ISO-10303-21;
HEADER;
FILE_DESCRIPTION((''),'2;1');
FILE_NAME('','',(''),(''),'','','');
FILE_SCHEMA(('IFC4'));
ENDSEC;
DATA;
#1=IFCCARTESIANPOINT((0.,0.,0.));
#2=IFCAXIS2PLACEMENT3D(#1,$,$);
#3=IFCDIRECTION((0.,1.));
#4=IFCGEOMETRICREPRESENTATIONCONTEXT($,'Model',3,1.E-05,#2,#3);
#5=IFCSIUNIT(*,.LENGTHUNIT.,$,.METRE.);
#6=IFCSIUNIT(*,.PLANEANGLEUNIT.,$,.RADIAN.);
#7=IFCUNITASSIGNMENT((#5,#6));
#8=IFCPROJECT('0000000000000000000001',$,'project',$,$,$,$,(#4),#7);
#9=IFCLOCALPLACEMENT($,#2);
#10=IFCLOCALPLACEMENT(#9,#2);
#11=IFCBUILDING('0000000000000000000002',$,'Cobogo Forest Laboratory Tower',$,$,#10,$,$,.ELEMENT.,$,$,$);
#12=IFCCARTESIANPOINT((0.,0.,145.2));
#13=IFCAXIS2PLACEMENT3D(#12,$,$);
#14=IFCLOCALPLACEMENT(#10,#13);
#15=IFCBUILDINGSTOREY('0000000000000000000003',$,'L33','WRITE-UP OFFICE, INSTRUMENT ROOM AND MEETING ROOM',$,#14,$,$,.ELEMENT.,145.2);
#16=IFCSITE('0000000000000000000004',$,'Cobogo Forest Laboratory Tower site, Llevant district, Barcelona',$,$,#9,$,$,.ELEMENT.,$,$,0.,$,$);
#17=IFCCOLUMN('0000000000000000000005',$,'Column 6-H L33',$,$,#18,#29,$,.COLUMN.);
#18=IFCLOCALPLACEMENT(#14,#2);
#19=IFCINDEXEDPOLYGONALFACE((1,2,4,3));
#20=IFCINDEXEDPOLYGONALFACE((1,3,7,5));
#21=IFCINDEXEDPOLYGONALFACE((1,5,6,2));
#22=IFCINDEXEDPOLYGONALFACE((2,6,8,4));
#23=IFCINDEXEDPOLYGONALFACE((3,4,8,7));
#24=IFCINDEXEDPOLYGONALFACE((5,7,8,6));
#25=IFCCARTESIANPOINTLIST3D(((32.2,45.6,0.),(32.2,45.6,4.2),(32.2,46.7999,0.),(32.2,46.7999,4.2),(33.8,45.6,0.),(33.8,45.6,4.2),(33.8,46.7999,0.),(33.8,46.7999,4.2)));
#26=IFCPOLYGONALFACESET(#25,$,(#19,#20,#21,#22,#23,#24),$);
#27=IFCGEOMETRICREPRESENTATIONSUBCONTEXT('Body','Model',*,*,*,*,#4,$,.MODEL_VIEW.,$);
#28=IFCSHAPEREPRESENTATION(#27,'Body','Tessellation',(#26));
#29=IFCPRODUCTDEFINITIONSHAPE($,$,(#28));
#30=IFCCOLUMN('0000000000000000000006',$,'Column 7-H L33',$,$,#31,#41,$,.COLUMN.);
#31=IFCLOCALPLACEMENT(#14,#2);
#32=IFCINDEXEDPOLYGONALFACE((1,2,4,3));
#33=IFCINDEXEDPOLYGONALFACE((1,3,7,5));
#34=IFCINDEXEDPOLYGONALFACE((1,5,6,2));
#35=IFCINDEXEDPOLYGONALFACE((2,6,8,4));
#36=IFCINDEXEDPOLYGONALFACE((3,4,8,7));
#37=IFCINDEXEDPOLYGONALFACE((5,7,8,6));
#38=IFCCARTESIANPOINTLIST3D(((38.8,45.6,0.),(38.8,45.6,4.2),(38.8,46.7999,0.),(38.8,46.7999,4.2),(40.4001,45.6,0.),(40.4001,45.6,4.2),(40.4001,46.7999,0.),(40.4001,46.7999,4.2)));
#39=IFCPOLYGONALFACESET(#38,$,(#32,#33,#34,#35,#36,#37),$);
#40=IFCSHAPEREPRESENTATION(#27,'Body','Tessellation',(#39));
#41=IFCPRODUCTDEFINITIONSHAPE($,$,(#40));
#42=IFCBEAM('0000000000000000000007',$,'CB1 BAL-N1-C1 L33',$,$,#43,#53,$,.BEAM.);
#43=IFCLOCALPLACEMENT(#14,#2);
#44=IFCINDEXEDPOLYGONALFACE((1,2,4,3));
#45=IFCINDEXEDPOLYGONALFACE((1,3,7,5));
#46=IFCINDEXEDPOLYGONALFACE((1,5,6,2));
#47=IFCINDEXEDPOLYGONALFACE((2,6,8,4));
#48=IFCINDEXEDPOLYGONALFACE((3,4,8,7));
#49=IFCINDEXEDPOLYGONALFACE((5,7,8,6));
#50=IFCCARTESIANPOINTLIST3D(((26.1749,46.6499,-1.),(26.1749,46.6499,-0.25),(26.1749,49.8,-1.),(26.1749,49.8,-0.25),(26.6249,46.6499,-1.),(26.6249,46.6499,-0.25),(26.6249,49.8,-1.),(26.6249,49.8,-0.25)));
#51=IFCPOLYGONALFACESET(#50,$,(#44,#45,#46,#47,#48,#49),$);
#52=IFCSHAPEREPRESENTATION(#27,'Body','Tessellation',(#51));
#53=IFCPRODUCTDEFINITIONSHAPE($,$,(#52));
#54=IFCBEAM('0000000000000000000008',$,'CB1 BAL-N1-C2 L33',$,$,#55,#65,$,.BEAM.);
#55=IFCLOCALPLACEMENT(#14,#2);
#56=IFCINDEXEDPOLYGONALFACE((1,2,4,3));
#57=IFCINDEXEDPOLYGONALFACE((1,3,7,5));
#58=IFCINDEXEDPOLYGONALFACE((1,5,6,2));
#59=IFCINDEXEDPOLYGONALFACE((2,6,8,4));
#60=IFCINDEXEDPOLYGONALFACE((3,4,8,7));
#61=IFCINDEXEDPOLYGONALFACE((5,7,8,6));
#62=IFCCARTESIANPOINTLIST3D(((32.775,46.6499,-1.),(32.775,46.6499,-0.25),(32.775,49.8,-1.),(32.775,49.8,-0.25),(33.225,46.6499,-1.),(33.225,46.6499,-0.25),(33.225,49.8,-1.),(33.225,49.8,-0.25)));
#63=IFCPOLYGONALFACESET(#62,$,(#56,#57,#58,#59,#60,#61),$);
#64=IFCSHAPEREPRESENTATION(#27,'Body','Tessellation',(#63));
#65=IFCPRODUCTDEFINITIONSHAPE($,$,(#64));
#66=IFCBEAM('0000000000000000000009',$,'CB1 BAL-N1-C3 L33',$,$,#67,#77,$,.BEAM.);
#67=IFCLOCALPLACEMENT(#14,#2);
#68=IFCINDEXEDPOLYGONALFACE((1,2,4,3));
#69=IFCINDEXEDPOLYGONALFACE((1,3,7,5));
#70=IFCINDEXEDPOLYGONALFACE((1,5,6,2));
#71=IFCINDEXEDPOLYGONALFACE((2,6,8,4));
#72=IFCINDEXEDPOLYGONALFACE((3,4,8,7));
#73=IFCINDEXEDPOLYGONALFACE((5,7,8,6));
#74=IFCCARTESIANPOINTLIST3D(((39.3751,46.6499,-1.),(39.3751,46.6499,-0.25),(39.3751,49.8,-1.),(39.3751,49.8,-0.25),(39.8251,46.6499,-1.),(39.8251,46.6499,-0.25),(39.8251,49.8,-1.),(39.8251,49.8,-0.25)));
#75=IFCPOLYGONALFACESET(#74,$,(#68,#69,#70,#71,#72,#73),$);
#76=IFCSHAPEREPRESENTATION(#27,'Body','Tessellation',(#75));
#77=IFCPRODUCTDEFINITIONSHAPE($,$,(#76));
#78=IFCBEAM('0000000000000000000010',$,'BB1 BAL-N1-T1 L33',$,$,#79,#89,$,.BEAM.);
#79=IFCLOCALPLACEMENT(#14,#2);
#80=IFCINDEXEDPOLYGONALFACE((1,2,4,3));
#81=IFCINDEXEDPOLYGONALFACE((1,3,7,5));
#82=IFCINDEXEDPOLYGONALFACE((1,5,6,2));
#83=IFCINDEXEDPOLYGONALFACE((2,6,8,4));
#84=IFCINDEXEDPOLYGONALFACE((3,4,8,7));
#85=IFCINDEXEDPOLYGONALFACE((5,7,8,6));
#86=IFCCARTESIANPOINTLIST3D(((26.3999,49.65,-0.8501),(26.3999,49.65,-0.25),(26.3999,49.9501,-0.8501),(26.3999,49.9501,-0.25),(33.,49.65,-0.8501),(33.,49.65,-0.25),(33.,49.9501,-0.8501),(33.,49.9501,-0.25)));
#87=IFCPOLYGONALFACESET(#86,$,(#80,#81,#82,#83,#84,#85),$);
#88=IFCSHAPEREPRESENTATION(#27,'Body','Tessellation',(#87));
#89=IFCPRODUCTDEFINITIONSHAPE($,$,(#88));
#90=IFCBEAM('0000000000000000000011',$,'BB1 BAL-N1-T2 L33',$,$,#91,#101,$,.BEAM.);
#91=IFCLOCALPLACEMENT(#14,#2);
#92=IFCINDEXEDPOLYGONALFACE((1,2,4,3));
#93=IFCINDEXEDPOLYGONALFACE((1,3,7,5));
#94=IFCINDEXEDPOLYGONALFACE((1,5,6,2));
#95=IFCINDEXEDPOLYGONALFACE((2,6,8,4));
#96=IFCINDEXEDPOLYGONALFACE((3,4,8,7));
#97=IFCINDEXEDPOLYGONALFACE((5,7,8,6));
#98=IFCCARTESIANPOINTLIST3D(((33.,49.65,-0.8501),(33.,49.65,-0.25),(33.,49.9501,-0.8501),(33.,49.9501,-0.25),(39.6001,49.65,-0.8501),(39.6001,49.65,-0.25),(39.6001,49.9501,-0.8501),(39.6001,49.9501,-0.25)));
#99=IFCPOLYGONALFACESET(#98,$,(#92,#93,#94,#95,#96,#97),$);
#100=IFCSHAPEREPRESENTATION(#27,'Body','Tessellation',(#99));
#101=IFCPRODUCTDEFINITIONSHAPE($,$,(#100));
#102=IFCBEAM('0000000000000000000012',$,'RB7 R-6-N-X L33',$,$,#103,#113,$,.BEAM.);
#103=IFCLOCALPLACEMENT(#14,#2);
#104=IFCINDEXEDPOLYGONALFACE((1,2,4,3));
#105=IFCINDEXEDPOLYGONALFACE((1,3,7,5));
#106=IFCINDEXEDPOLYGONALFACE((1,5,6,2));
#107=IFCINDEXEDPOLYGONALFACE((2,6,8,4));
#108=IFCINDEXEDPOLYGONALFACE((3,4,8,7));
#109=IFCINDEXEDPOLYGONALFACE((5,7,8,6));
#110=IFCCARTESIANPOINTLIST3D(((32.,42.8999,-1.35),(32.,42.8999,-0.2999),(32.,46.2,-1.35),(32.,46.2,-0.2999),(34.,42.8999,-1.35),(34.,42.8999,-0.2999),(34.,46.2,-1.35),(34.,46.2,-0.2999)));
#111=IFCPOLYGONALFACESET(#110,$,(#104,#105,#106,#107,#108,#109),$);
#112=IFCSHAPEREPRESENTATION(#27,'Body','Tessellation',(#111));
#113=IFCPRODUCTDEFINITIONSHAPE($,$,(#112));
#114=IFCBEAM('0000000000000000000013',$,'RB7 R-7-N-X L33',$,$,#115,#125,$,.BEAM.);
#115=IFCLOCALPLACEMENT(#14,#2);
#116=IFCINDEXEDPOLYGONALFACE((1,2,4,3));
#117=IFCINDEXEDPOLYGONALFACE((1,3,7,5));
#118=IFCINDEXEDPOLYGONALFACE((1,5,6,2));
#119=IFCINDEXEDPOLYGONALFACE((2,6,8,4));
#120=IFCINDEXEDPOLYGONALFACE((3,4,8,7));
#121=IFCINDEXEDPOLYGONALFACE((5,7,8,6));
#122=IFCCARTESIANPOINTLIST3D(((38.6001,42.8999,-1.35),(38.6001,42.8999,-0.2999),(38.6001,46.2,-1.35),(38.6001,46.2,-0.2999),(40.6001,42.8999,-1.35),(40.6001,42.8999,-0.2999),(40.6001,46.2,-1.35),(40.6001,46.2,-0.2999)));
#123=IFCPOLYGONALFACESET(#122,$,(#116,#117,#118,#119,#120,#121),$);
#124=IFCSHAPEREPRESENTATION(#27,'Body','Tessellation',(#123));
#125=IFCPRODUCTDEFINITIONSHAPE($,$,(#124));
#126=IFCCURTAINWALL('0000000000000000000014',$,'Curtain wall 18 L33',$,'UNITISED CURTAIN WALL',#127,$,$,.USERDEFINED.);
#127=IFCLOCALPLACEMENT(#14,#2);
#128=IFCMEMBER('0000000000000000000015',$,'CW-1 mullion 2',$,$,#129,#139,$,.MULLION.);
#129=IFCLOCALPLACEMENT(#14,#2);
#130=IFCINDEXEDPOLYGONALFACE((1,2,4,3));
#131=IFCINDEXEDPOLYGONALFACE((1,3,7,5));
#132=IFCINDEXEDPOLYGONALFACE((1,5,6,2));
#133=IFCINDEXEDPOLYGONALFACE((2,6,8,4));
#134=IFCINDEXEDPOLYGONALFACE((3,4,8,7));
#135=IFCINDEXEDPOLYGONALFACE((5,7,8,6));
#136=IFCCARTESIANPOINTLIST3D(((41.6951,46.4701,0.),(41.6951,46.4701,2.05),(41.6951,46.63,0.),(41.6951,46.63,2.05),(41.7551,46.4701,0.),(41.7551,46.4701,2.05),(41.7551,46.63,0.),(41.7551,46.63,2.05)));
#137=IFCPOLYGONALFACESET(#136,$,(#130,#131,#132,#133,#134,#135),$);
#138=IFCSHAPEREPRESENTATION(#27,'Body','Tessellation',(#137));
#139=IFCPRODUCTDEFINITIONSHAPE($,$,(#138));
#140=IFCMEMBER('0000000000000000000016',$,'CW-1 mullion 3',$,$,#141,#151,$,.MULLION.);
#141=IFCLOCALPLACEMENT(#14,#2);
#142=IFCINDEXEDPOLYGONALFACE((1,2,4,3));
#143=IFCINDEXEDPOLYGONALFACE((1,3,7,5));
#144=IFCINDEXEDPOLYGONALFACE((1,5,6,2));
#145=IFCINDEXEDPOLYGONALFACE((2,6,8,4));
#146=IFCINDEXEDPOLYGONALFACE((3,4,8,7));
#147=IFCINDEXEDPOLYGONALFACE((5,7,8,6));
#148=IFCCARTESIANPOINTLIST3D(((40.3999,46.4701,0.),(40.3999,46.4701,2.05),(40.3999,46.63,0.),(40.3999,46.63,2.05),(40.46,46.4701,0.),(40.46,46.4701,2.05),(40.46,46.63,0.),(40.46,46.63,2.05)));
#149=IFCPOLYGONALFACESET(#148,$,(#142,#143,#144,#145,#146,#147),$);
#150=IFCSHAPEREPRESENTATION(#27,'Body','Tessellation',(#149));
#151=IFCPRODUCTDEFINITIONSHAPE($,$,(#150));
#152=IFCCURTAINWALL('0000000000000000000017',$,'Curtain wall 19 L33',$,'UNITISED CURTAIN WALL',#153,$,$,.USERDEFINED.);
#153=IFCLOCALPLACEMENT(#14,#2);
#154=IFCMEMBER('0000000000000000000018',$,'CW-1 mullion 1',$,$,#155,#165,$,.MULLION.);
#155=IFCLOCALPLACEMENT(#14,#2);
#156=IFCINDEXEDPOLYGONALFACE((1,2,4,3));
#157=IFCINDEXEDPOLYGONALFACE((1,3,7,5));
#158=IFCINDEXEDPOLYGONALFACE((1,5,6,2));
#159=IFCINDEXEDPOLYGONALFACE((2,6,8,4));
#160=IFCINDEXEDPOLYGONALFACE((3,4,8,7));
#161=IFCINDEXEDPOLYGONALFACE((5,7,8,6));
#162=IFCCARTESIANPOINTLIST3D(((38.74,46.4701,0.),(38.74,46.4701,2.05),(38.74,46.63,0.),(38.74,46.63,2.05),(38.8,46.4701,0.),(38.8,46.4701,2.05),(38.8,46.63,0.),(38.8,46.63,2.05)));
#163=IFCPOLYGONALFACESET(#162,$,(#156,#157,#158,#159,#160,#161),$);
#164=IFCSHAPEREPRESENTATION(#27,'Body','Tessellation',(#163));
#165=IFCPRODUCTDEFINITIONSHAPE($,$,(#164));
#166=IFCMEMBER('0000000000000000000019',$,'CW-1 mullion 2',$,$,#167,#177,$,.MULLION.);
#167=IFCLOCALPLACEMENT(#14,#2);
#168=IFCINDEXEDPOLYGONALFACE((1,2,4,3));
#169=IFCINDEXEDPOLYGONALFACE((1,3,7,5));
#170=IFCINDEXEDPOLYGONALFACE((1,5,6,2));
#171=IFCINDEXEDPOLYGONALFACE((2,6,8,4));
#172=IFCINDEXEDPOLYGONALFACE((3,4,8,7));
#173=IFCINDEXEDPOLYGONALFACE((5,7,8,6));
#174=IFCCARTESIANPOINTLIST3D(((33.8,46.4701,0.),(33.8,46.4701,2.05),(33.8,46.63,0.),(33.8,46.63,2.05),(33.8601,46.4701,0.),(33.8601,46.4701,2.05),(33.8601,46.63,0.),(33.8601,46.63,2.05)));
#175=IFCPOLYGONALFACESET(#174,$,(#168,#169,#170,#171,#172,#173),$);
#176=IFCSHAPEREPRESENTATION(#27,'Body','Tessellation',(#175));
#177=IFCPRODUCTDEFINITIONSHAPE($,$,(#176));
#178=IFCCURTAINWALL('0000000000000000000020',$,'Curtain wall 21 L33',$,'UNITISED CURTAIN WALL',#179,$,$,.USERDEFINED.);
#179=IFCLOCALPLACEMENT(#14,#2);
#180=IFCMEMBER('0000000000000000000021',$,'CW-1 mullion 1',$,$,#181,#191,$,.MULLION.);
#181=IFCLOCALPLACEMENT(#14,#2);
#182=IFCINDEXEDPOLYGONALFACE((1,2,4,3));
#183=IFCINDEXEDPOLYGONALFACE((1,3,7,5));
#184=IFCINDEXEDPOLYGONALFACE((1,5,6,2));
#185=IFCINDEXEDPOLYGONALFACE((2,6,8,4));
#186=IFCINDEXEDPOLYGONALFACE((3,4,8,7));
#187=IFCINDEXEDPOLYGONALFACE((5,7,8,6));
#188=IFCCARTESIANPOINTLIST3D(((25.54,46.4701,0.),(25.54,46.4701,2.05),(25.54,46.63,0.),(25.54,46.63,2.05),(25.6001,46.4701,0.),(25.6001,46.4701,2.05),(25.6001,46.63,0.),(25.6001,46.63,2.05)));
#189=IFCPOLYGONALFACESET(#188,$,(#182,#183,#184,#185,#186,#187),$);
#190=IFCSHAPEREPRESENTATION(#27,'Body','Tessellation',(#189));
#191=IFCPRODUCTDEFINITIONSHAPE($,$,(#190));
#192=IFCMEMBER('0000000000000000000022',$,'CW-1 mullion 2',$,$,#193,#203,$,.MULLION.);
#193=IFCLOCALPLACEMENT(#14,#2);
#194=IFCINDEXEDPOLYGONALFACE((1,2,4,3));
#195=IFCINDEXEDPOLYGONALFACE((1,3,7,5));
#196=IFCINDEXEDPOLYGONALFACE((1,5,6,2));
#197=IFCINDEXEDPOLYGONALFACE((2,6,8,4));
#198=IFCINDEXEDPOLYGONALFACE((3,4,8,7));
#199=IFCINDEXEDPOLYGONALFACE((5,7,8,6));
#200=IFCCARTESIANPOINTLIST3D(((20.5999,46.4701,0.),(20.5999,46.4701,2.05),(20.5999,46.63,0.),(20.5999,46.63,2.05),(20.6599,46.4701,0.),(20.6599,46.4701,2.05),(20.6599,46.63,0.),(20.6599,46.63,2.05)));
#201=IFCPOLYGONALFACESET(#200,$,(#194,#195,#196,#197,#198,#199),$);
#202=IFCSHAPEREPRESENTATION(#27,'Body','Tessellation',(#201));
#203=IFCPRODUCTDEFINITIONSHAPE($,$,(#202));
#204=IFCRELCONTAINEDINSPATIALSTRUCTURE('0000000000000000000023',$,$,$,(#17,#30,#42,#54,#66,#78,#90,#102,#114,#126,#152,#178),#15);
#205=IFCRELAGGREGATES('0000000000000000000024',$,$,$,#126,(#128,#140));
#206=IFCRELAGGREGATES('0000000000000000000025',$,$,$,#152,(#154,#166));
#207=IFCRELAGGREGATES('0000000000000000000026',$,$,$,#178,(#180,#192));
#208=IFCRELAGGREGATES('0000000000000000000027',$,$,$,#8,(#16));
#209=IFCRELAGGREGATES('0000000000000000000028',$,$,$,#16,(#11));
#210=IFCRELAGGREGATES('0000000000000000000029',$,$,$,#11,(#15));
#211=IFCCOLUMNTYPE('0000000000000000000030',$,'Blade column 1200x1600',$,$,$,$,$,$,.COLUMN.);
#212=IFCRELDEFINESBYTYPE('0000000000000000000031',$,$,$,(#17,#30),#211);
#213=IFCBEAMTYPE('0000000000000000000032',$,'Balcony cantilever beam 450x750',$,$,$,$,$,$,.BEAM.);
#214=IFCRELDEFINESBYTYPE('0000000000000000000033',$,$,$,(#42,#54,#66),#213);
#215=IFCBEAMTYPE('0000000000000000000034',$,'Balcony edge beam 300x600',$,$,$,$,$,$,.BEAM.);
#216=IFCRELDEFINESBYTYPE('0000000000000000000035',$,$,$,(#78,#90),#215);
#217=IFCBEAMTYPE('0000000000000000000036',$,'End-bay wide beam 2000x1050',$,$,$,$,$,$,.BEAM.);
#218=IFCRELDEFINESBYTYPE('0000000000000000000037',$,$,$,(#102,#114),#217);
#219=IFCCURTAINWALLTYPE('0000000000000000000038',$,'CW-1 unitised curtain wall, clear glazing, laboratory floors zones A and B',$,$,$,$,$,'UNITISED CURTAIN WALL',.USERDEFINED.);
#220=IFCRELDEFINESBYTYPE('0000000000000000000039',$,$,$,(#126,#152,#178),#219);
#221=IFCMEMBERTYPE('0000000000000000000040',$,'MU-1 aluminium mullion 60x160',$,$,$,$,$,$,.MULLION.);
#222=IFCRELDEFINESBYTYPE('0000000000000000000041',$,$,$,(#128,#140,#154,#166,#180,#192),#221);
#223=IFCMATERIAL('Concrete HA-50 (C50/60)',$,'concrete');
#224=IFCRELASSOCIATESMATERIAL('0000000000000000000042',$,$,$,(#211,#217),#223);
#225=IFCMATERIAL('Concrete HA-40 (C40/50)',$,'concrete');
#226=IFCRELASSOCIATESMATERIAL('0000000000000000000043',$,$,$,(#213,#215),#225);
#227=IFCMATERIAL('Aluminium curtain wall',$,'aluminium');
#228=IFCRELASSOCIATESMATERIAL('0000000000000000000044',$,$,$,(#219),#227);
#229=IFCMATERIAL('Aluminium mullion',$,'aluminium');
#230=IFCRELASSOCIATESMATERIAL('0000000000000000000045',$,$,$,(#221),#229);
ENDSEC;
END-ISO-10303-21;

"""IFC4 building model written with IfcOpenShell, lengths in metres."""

from ifc_helpers import new_model, si_unit, direction, frame, origin, origin_2d, place, context, subcontext, project, spatial, rectangle, extrude, material, material_profile, profile_set, type_object, element, aggregate, save


model = new_model("IFC4")

# Units and contexts
model_context = context("Model", 3, precision=1e-05, world=origin(), true_north=direction((0.0, 1.0)))
body_context = subcontext(model_context, "Body", "Model", "MODEL_VIEW")
ifc_project = project(units=[si_unit("LENGTHUNIT", "METRE"), si_unit("PLANEANGLEUNIT", "RADIAN")], contexts=[model_context])

# Site, building, storey
site_placement = place(None, origin())
site = spatial("IfcSite", under=ifc_project, at=site_placement, Name="Cobogo Forest Laboratory Tower site, Llevant district, Barcelona", CompositionType="ELEMENT", RefElevation=0.0)
building_placement = place(site_placement, origin())
building = spatial("IfcBuilding", under=site, at=building_placement, Name="Cobogo Forest Laboratory Tower", CompositionType="ELEMENT")
storey_placement = place(building_placement, frame((0.0, 0.0, 145.2)))
storey = spatial("IfcBuildingStorey", under=building, at=storey_placement, Name="L33", Description="WRITE-UP OFFICE, INSTRUMENT ROOM AND MEETING ROOM", CompositionType="ELEMENT", Elevation=145.2)

# Columns
ifc_material_1 = material(Name="Concrete HA-50 (C50/60)", Category="concrete")
ifc_material_profile_1 = material_profile(ifc_material_1, rectangle(XDim=1.6001, YDim=1.2, at=origin_2d()), Name="RC 1200x1600")
ifc_profile_set_1 = profile_set([ifc_material_profile_1], Name="Concrete HA-50 (C50/60)")
column_type = type_object("IfcColumnType", Name="Blade column 1200x1600", PredefinedType="COLUMN", material=ifc_profile_set_1)
for number, where, z_axis, x_axis, name in (
    (1, (33.0, 46.2, 0.0), (0.0, 0.0, 1.0), (1.0, 0.0, 0.0), "Column 6-H L33"),
    (2, (39.6001, 46.2, 0.0), (0.0, 0.0, 1.0), (1.0, 0.0, 0.0), "Column 7-H L33"),
):
    element("IfcColumn", number, at=place(storey_placement, frame(where, z_axis=z_axis, x_axis=x_axis)), inside=storey, type_object=column_type, Name=name, PredefinedType="COLUMN", context=body_context, shape_type="SweptSolid", body=[
        extrude(rectangle(XDim=1.6001, YDim=1.2, at=origin_2d()), origin(), (0.0, 0.0, 1.0), 4.2),
    ])

# Beams
ifc_material_2 = material(Name="Concrete HA-40 (C40/50)", Category="concrete")
ifc_material_profile_2 = material_profile(ifc_material_2, rectangle(XDim=0.45, YDim=0.75, at=origin_2d()), Name="RC 450x750")
ifc_profile_set_2 = profile_set([ifc_material_profile_2], Name="Concrete HA-40 (C40/50)")
beam_type_1 = type_object("IfcBeamType", Name="Balcony cantilever beam 450x750", PredefinedType="BEAM", material=ifc_profile_set_2)
for number, where, z_axis, x_axis, name in (
    (3, (26.3999, 46.6499, -0.625), (0.0, 1.0, 0.0), (-1.0, 0.0, 0.0), "CB1 BAL-N1-C1 L33"),
    (4, (33.0, 46.6499, -0.625), (0.0, 1.0, 0.0), (-1.0, 0.0, 0.0), "CB1 BAL-N1-C2 L33"),
    (5, (39.6001, 46.6499, -0.625), (0.0, 1.0, 0.0), (-1.0, 0.0, 0.0), "CB1 BAL-N1-C3 L33"),
):
    element("IfcBeam", number, at=place(storey_placement, frame(where, z_axis=z_axis, x_axis=x_axis)), inside=storey, type_object=beam_type_1, Name=name, PredefinedType="BEAM", context=body_context, shape_type="SweptSolid", body=[
        extrude(rectangle(XDim=0.45, YDim=0.75, at=origin_2d()), origin(), (0.0, 0.0, 1.0), 3.1501),
    ])
ifc_material_profile_3 = material_profile(ifc_material_2, rectangle(XDim=0.3, YDim=0.6001, at=origin_2d()), Name="RC 300x600")
ifc_profile_set_3 = profile_set([ifc_material_profile_3], Name="Concrete HA-40 (C40/50)")
beam_type_2 = type_object("IfcBeamType", Name="Balcony edge beam 300x600", PredefinedType="BEAM", material=ifc_profile_set_3)
for number, where, z_axis, x_axis, name in (
    (6, (26.3999, 49.8, -0.55), (1.0, 0.0, 0.0), (0.0, 1.0, 0.0), "BB1 BAL-N1-T1 L33"),
    (7, (33.0, 49.8, -0.55), (1.0, 0.0, 0.0), (0.0, 1.0, 0.0), "BB1 BAL-N1-T2 L33"),
):
    element("IfcBeam", number, at=place(storey_placement, frame(where, z_axis=z_axis, x_axis=x_axis)), inside=storey, type_object=beam_type_2, Name=name, PredefinedType="BEAM", context=body_context, shape_type="SweptSolid", body=[
        extrude(rectangle(XDim=0.3, YDim=0.6001, at=origin_2d()), origin(), (0.0, 0.0, 1.0), 6.6001),
    ])
ifc_material_profile_4 = material_profile(ifc_material_1, rectangle(XDim=2.0, YDim=1.05, at=origin_2d()), Name="RC 2000x1050")
ifc_profile_set_4 = profile_set([ifc_material_profile_4], Name="Concrete HA-50 (C50/60)")
beam_type_3 = type_object("IfcBeamType", Name="End-bay wide beam 2000x1050", PredefinedType="BEAM", material=ifc_profile_set_4)
for number, where, z_axis, x_axis, name in (
    (8, (33.0, 46.2, -0.825), (0.0, -1.0, 0.0), (1.0, 0.0, 0.0), "RB7 R-6-N-X L33"),
    (9, (39.6001, 46.2, -0.825), (0.0, -1.0, 0.0), (1.0, 0.0, 0.0), "RB7 R-7-N-X L33"),
):
    element("IfcBeam", number, at=place(storey_placement, frame(where, z_axis=z_axis, x_axis=x_axis)), inside=storey, type_object=beam_type_3, Name=name, PredefinedType="BEAM", context=body_context, shape_type="SweptSolid", body=[
        extrude(rectangle(XDim=2.0, YDim=1.05, at=origin_2d()), origin(), (0.0, 0.0, 1.0), 3.3),
    ])

# Curtain walls, members
ifc_material_3 = material(Name="Aluminium curtain wall", Category="aluminium")
curtain_wall_type = type_object("IfcCurtainWallType", Name="CW-1 unitised curtain wall, clear glazing, laboratory floors zones A and B", ElementType="UNITISED CURTAIN WALL", PredefinedType="USERDEFINED", material=ifc_material_3)
curtain_wall_1_placement = place(storey_placement, origin())
curtain_wall_1 = element("IfcCurtainWall", 10, at=curtain_wall_1_placement, inside=storey, type_object=curtain_wall_type, Name="Curtain wall 18 L33", ObjectType="UNITISED CURTAIN WALL", PredefinedType="USERDEFINED")
ifc_material_4 = material(Name="Aluminium mullion", Category="aluminium")
ifc_material_profile_5 = material_profile(ifc_material_4, rectangle(XDim=0.0601, YDim=0.1599, at=origin_2d()), Name="AL 60x160")
ifc_profile_set_5 = profile_set([ifc_material_profile_5], Name="Aluminium mullion")
member_type_1 = type_object("IfcMemberType", Name="MU-1 aluminium mullion 60x160", PredefinedType="MULLION", material=ifc_profile_set_5)
member_1_placement = place(storey_placement, frame((41.7251, 46.55, 0.0), z_axis=(0.0, 0.0, 1.0), x_axis=(-1.0, 0.0, 0.0)))
member_1 = element("IfcMember", 11, at=member_1_placement, type_object=member_type_1, Name="CW-1 mullion 2", PredefinedType="MULLION", context=body_context, shape_type="SweptSolid", body=[
    extrude(rectangle(XDim=0.0601, YDim=0.1599, at=origin_2d()), origin(), (0.0, 0.0, 1.0), 2.05),
])
member_2_placement = place(storey_placement, frame((40.4299, 46.55, 0.0), z_axis=(0.0, 0.0, 1.0), x_axis=(-1.0, 0.0, 0.0)))
member_2 = element("IfcMember", 12, at=member_2_placement, type_object=member_type_1, Name="CW-1 mullion 3", PredefinedType="MULLION", context=body_context, shape_type="SweptSolid", body=[
    extrude(rectangle(XDim=0.0601, YDim=0.1599, at=origin_2d()), origin(), (0.0, 0.0, 1.0), 2.05),
])
curtain_wall_2_placement = place(storey_placement, origin())
curtain_wall_2 = element("IfcCurtainWall", 13, at=curtain_wall_2_placement, inside=storey, type_object=curtain_wall_type, Name="Curtain wall 19 L33", ObjectType="UNITISED CURTAIN WALL", PredefinedType="USERDEFINED")
member_3_placement = place(storey_placement, frame((38.77, 46.55, 0.0), z_axis=(0.0, 0.0, 1.0), x_axis=(-1.0, 0.0, 0.0)))
member_3 = element("IfcMember", 14, at=member_3_placement, type_object=member_type_1, Name="CW-1 mullion 1", PredefinedType="MULLION", context=body_context, shape_type="SweptSolid", body=[
    extrude(rectangle(XDim=0.0601, YDim=0.1599, at=origin_2d()), origin(), (0.0, 0.0, 1.0), 2.05),
])
member_4_placement = place(storey_placement, frame((33.8301, 46.55, 0.0), z_axis=(0.0, 0.0, 1.0), x_axis=(-1.0, 0.0, 0.0)))
member_4 = element("IfcMember", 15, at=member_4_placement, type_object=member_type_1, Name="CW-1 mullion 2", PredefinedType="MULLION", context=body_context, shape_type="SweptSolid", body=[
    extrude(rectangle(XDim=0.0601, YDim=0.1599, at=origin_2d()), origin(), (0.0, 0.0, 1.0), 2.05),
])
curtain_wall_3_placement = place(storey_placement, origin())
curtain_wall_3 = element("IfcCurtainWall", 16, at=curtain_wall_3_placement, inside=storey, type_object=curtain_wall_type, Name="Curtain wall 21 L33", ObjectType="UNITISED CURTAIN WALL", PredefinedType="USERDEFINED")
member_5_placement = place(storey_placement, frame((25.5701, 46.55, 0.0), z_axis=(0.0, 0.0, 1.0), x_axis=(-1.0, 0.0, 0.0)))
member_5 = element("IfcMember", 17, at=member_5_placement, type_object=member_type_1, Name="CW-1 mullion 1", PredefinedType="MULLION", context=body_context, shape_type="SweptSolid", body=[
    extrude(rectangle(XDim=0.0601, YDim=0.1599, at=origin_2d()), origin(), (0.0, 0.0, 1.0), 2.05),
])
member_6_placement = place(storey_placement, frame((20.6299, 46.55, 0.0), z_axis=(0.0, 0.0, 1.0), x_axis=(-1.0, 0.0, 0.0)))
member_6 = element("IfcMember", 18, at=member_6_placement, type_object=member_type_1, Name="CW-1 mullion 2", PredefinedType="MULLION", context=body_context, shape_type="SweptSolid", body=[
    extrude(rectangle(XDim=0.0601, YDim=0.1599, at=origin_2d()), origin(), (0.0, 0.0, 1.0), 2.05),
])

aggregate(curtain_wall_1, [member_1, member_2])
aggregate(curtain_wall_2, [member_3, member_4])
aggregate(curtain_wall_3, [member_5, member_6])

save(model, "model.ifc")
